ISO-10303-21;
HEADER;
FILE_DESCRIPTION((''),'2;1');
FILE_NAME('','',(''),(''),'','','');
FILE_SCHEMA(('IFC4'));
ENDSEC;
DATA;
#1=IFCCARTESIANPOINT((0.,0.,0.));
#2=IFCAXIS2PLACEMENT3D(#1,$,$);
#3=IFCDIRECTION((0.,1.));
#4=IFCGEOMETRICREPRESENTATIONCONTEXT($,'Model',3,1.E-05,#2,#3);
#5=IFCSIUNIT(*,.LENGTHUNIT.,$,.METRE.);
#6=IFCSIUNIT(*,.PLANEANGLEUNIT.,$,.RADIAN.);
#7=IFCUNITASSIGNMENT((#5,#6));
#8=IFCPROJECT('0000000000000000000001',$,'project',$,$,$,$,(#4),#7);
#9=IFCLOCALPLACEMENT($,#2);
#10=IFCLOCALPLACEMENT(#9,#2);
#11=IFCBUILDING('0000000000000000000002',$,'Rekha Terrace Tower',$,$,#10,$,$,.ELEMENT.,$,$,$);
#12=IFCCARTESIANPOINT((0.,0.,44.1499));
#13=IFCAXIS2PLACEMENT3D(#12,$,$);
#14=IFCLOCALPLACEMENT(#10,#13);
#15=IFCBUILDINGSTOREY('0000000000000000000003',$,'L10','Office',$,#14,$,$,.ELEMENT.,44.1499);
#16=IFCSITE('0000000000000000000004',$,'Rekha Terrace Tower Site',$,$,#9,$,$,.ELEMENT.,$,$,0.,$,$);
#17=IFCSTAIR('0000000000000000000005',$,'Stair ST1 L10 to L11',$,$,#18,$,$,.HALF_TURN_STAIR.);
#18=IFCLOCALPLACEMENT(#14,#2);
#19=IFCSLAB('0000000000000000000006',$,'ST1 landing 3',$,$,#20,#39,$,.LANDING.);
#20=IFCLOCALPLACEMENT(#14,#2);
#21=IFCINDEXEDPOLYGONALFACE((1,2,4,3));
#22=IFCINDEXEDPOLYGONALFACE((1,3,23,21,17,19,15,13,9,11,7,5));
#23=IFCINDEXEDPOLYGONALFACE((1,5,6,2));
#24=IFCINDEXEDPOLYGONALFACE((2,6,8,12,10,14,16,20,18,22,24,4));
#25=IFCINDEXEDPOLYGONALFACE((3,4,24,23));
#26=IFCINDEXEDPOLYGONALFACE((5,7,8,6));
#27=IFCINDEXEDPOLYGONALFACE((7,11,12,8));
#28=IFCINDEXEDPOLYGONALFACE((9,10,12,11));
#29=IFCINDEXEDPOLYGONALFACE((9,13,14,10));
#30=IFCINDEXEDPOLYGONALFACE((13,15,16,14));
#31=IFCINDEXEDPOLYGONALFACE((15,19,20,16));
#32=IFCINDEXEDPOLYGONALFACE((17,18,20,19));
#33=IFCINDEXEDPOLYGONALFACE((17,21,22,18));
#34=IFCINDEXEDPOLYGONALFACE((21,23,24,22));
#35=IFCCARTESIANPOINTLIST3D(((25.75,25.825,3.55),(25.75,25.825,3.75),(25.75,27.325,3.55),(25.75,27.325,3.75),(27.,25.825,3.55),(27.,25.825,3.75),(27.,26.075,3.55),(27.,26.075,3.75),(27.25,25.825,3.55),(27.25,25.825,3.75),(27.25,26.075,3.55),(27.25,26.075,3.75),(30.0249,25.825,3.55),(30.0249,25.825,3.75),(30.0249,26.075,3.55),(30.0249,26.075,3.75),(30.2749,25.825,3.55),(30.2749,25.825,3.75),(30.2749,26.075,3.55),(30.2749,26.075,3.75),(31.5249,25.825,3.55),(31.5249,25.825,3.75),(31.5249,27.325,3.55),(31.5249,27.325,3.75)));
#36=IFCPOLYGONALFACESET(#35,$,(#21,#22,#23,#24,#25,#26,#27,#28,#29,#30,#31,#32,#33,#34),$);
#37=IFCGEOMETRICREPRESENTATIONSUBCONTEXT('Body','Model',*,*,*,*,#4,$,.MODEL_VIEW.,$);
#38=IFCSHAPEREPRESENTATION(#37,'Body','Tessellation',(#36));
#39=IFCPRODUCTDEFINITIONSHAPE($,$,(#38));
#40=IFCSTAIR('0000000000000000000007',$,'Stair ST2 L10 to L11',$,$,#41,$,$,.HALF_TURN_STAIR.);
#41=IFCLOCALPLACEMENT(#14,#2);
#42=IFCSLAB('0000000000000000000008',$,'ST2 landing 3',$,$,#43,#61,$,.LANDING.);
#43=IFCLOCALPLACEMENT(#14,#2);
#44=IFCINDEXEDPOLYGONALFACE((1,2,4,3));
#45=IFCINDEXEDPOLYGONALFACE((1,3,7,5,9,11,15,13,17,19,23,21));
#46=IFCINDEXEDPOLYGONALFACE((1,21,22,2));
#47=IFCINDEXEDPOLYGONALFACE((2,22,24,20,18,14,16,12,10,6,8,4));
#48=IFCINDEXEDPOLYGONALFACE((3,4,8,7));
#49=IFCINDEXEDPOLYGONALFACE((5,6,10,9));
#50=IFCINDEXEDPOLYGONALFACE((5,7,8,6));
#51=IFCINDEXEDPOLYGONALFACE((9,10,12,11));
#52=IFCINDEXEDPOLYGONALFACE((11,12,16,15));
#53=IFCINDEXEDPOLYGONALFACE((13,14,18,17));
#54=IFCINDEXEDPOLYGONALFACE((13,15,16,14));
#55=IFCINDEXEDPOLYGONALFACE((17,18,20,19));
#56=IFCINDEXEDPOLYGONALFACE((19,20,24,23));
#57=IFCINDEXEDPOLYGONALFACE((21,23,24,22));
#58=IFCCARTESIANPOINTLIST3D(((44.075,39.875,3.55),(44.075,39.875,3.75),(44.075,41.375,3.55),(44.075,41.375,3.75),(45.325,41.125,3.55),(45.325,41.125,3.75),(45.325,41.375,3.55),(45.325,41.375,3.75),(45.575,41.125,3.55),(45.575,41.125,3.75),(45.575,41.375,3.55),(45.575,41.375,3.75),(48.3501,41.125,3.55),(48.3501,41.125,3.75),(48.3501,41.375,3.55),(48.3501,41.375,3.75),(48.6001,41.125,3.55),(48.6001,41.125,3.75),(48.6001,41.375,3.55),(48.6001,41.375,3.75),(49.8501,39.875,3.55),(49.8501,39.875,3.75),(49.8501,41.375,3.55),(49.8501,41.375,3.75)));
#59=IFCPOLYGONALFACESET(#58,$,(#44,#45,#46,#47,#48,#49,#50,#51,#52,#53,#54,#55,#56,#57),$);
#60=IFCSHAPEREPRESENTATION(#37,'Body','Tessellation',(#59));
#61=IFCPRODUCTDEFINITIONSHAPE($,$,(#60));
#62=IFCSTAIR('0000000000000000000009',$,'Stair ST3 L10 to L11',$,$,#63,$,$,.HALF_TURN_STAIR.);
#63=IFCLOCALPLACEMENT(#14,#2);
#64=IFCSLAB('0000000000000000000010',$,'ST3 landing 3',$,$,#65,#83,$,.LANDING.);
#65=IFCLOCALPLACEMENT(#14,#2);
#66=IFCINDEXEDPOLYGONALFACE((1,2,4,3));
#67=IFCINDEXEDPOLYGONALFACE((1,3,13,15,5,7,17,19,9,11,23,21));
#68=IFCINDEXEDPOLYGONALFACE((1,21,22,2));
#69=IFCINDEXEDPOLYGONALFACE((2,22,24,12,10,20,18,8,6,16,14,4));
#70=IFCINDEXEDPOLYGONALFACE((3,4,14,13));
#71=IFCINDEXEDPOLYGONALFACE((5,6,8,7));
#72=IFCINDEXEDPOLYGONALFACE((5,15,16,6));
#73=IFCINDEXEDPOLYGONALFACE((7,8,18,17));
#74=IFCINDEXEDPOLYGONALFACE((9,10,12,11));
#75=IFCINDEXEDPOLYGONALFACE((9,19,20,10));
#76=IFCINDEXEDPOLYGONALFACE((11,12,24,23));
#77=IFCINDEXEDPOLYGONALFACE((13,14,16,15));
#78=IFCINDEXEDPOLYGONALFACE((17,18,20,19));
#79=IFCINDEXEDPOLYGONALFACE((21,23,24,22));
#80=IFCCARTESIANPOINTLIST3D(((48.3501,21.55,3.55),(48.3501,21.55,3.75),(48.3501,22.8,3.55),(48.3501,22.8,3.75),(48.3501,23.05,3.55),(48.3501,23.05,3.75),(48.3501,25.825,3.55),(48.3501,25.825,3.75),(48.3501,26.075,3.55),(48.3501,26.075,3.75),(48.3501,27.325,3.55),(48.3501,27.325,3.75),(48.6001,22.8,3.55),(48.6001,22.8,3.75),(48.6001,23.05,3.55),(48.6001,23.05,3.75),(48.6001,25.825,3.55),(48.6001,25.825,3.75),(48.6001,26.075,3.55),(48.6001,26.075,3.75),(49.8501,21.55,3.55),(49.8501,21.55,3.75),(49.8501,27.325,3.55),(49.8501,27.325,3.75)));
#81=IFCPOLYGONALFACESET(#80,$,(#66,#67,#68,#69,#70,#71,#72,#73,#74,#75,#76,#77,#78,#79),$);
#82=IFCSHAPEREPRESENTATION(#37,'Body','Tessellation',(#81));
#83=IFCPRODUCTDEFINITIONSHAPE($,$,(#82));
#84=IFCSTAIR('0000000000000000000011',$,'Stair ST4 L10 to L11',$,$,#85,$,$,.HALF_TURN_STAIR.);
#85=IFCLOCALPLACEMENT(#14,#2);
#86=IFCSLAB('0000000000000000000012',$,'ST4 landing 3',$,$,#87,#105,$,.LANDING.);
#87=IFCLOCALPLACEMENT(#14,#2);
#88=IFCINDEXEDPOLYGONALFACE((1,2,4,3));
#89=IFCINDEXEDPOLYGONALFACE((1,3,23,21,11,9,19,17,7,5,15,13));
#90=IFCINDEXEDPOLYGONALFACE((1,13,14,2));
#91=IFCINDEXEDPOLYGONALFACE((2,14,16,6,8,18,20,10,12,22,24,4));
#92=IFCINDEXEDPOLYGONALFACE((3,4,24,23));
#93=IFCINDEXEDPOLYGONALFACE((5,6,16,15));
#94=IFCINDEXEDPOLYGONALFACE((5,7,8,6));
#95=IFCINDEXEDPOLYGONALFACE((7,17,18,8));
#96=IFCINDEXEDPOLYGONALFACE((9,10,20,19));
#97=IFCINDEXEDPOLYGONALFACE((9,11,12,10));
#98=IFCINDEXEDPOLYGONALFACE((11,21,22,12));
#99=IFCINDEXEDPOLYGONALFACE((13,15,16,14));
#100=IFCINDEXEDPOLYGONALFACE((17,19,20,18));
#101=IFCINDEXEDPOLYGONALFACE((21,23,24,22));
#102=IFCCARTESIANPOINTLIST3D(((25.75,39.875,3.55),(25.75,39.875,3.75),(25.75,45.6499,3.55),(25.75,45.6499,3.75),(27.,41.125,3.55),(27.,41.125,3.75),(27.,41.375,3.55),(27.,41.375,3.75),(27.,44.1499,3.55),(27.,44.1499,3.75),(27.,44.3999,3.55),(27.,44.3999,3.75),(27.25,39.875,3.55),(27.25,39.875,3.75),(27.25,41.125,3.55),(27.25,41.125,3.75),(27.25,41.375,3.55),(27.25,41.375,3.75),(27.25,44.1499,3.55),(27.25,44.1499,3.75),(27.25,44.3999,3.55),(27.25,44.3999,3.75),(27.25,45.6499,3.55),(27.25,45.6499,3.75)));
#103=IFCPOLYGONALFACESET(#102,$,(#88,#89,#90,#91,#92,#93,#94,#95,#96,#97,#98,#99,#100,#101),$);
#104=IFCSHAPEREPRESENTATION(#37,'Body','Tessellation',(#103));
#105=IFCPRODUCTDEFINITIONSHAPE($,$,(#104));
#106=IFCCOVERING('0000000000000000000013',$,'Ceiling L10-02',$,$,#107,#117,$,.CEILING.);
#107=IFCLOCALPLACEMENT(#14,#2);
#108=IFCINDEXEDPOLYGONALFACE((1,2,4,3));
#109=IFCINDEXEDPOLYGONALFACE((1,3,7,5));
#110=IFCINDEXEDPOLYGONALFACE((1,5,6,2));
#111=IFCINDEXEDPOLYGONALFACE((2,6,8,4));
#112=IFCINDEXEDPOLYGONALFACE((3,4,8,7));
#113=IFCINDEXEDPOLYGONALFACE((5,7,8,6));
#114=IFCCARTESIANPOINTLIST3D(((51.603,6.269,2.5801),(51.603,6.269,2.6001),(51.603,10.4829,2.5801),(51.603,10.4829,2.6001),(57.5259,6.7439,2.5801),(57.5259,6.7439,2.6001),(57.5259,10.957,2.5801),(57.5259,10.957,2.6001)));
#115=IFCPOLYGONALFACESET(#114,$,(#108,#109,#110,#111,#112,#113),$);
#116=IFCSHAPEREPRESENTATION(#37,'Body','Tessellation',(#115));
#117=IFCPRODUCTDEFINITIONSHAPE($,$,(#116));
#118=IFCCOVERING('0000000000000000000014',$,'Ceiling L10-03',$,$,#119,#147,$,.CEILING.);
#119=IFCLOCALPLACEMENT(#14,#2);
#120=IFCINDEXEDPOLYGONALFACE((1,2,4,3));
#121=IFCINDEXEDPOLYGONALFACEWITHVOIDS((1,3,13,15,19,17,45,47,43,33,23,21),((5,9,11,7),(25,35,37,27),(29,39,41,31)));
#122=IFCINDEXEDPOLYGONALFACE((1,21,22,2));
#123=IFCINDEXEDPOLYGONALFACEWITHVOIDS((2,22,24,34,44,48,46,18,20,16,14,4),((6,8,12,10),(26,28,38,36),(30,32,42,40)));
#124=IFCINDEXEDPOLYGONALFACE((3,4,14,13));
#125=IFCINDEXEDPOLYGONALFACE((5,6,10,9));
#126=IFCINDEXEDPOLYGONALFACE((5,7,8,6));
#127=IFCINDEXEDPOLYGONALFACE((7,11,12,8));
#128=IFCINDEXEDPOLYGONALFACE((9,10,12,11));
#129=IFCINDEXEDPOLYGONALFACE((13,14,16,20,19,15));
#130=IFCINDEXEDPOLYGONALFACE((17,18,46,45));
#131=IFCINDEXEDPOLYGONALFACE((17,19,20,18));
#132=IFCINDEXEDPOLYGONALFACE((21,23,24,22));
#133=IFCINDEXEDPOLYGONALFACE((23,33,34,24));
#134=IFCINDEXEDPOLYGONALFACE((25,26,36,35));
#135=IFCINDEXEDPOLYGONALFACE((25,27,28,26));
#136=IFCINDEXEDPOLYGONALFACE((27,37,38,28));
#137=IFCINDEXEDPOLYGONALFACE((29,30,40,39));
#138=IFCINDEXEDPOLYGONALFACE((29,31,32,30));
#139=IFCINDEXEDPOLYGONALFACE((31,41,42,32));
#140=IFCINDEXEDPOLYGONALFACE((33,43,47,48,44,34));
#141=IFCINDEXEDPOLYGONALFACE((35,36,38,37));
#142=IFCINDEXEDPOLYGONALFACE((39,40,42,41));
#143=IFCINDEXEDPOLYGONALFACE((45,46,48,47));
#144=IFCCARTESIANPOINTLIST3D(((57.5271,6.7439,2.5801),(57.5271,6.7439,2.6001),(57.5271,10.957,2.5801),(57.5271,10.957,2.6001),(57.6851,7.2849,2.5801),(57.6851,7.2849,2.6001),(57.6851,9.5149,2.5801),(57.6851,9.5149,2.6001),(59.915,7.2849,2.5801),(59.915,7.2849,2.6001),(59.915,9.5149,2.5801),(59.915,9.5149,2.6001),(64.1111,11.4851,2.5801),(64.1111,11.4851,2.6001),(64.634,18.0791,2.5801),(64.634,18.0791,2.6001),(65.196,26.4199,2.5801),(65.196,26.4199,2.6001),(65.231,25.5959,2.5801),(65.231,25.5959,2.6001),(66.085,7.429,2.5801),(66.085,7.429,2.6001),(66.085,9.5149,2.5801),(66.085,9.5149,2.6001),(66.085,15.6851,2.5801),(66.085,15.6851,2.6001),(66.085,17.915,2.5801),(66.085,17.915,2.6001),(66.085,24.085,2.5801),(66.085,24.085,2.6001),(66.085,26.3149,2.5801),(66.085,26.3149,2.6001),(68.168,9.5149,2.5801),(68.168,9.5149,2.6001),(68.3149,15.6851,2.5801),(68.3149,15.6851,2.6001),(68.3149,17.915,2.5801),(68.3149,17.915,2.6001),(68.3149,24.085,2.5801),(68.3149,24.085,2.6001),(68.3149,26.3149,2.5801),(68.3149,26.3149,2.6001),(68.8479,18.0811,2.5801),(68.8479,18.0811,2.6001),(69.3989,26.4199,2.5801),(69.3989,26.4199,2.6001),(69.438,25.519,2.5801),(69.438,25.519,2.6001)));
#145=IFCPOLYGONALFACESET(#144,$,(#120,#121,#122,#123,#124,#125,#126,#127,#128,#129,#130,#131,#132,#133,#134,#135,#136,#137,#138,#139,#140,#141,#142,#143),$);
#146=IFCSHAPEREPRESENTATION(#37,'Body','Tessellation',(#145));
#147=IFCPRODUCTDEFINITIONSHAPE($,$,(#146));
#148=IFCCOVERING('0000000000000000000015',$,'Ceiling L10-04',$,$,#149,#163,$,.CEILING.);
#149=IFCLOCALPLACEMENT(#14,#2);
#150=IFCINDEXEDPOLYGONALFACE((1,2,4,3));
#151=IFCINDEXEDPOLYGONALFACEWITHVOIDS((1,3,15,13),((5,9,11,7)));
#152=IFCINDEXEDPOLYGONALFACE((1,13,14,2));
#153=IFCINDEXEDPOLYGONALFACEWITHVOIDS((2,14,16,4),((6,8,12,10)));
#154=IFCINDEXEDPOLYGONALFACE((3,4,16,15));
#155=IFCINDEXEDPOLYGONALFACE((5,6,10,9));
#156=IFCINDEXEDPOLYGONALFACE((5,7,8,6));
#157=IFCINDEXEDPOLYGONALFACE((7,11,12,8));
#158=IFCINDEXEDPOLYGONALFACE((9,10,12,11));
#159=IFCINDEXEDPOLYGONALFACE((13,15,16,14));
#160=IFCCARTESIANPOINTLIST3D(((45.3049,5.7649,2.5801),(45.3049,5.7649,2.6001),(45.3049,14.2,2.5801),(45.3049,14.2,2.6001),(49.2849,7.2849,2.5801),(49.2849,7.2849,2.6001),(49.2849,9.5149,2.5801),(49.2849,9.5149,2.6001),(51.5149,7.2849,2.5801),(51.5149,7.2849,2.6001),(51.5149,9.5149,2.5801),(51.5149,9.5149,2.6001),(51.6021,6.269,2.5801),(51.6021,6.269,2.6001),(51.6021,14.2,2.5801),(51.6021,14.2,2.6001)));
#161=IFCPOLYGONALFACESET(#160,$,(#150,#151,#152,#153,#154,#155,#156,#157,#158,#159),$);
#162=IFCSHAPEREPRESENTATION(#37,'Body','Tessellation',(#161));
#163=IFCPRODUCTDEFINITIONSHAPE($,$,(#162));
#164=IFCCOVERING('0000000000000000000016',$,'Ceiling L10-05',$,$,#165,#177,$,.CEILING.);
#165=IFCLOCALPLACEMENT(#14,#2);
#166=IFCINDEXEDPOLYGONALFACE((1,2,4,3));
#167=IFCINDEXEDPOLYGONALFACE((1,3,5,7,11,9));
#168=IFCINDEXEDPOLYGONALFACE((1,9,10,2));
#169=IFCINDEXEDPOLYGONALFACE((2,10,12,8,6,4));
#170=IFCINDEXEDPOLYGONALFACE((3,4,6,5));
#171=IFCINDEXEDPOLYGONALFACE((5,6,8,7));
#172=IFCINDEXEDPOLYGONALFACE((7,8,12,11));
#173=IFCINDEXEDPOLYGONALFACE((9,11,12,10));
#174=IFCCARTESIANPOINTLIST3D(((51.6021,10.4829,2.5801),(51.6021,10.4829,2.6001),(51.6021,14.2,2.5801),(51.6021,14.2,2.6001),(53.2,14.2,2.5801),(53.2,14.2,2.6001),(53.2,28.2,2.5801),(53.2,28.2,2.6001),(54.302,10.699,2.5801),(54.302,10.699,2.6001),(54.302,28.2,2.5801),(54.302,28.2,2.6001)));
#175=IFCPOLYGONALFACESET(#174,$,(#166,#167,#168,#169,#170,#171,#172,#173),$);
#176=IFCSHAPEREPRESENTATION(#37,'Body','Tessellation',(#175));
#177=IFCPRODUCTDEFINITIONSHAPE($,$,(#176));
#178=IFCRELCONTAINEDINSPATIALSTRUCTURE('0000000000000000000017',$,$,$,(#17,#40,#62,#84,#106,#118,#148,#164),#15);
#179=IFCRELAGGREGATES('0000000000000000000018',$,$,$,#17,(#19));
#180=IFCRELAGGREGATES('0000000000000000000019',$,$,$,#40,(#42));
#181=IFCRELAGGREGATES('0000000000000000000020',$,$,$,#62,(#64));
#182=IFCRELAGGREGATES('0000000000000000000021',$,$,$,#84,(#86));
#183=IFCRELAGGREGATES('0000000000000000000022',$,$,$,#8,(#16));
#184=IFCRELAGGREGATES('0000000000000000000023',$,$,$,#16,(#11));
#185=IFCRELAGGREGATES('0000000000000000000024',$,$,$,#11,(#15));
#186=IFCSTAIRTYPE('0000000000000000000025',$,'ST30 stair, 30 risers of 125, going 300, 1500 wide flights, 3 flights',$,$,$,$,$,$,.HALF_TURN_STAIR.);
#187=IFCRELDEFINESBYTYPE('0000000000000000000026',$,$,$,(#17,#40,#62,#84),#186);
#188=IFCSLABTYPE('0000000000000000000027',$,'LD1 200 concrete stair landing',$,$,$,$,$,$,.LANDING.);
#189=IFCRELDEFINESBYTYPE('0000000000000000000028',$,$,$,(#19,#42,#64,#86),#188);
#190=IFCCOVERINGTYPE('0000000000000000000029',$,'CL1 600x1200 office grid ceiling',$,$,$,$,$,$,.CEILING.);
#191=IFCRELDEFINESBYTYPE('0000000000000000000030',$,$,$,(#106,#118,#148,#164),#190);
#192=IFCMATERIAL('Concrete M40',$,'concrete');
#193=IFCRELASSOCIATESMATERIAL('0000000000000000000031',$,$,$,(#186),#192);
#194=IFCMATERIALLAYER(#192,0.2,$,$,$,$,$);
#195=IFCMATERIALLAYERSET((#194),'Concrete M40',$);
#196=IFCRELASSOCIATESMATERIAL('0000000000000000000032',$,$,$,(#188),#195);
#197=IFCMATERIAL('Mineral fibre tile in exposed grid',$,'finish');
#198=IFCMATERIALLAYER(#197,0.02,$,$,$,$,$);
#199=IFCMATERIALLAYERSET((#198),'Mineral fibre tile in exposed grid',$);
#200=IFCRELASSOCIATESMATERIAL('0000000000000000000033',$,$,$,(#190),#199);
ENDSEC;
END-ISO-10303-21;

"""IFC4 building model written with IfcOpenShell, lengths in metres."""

from ifc_helpers import new_model, si_unit, direction, frame, origin, place, context, subcontext, project, spatial, polyline, outline, extrude, material, layer, layer_set, type_object, element, aggregate, save


model = new_model("IFC4")

# Units and contexts
model_context = context("Model", 3, precision=1e-05, world=origin(), true_north=direction((0.0, 1.0)))
body_context = subcontext(model_context, "Body", "Model", "MODEL_VIEW")
ifc_project = project(units=[si_unit("LENGTHUNIT", "METRE"), si_unit("PLANEANGLEUNIT", "RADIAN")], contexts=[model_context])

# Site, building, storey
site_placement = place(None, origin())
site = spatial("IfcSite", under=ifc_project, at=site_placement, Name="Rekha Terrace Tower Site", CompositionType="ELEMENT", RefElevation=0.0)
building_placement = place(site_placement, origin())
building = spatial("IfcBuilding", under=site, at=building_placement, Name="Rekha Terrace Tower", CompositionType="ELEMENT")
storey_placement = place(building_placement, frame((0.0, 0.0, 44.1499)))
storey = spatial("IfcBuildingStorey", under=building, at=storey_placement, Name="L10", Description="Office", CompositionType="ELEMENT", Elevation=44.1499)

# Stairs, slabs
ifc_material_1 = material(Name="Concrete M40", Category="concrete")
stair_type = type_object("IfcStairType", Name="ST30 stair, 30 risers of 125, going 300, 1500 wide flights, 3 flights", PredefinedType="HALF_TURN_STAIR", material=ifc_material_1)
stair_1_placement = place(storey_placement, origin())
stair_1 = element("IfcStair", 1, at=stair_1_placement, inside=storey, type_object=stair_type, Name="Stair ST1 L10 to L11", PredefinedType="HALF_TURN_STAIR")
ifc_layer_1 = layer(ifc_material_1, 0.2)
ifc_layer_set_1 = layer_set([ifc_layer_1], Name="Concrete M40")
slab_type = type_object("IfcSlabType", Name="LD1 200 concrete stair landing", PredefinedType="LANDING", material=ifc_layer_set_1)
slab_1_placement = place(storey_placement, frame((0.0, 0.0, 3.55)))
slab_1 = element("IfcSlab", 2, at=slab_1_placement, type_object=slab_type, Name="ST1 landing 3", PredefinedType="LANDING", context=body_context, shape_type="SweptSolid", body=[
    extrude(outline(polyline([(31.5249, 25.825), (31.5249, 27.325), (25.75, 27.325), (25.75, 25.825), (27.0, 25.825), (27.0, 26.075), (27.25, 26.075), (27.25, 25.825), (30.0249, 25.825), (30.0249, 26.075), (30.2749, 26.075), (30.2749, 25.825), (31.5249, 25.825)])), origin(), (0.0, 0.0, 1.0), 0.2),
])
aggregate(stair_1, [slab_1])
stair_2_placement = place(storey_placement, origin())
stair_2 = element("IfcStair", 3, at=stair_2_placement, inside=storey, type_object=stair_type, Name="Stair ST2 L10 to L11", PredefinedType="HALF_TURN_STAIR")
slab_2_placement = place(storey_placement, frame((0.0, 0.0, 3.55)))
slab_2 = element("IfcSlab", 4, at=slab_2_placement, type_object=slab_type, Name="ST2 landing 3", PredefinedType="LANDING", context=body_context, shape_type="SweptSolid", body=[
    extrude(outline(polyline([(44.075, 41.375), (44.075, 39.875), (49.8501, 39.875), (49.8501, 41.375), (48.6001, 41.375), (48.6001, 41.125), (48.3501, 41.125), (48.3501, 41.375), (45.575, 41.375), (45.575, 41.125), (45.325, 41.125), (45.325, 41.375), (44.075, 41.375)])), origin(), (0.0, 0.0, 1.0), 0.2),
])
aggregate(stair_2, [slab_2])
stair_3_placement = place(storey_placement, origin())
stair_3 = element("IfcStair", 5, at=stair_3_placement, inside=storey, type_object=stair_type, Name="Stair ST3 L10 to L11", PredefinedType="HALF_TURN_STAIR")
slab_3_placement = place(storey_placement, frame((0.0, 0.0, 3.55)))
slab_3 = element("IfcSlab", 6, at=slab_3_placement, type_object=slab_type, Name="ST3 landing 3", PredefinedType="LANDING", context=body_context, shape_type="SweptSolid", body=[
    extrude(outline(polyline([(48.3501, 21.55), (49.8501, 21.55), (49.8501, 27.325), (48.3501, 27.325), (48.3501, 26.075), (48.6001, 26.075), (48.6001, 25.825), (48.3501, 25.825), (48.3501, 23.05), (48.6001, 23.05), (48.6001, 22.8), (48.3501, 22.8), (48.3501, 21.55)])), origin(), (0.0, 0.0, 1.0), 0.2),
])
aggregate(stair_3, [slab_3])
stair_4_placement = place(storey_placement, origin())
stair_4 = element("IfcStair", 7, at=stair_4_placement, inside=storey, type_object=stair_type, Name="Stair ST4 L10 to L11", PredefinedType="HALF_TURN_STAIR")
slab_4_placement = place(storey_placement, frame((0.0, 0.0, 3.55)))
slab_4 = element("IfcSlab", 8, at=slab_4_placement, type_object=slab_type, Name="ST4 landing 3", PredefinedType="LANDING", context=body_context, shape_type="SweptSolid", body=[
    extrude(outline(polyline([(27.25, 39.875), (25.75, 39.875), (25.75, 45.6499), (27.25, 45.6499), (27.25, 44.3999), (27.0, 44.3999), (27.0, 44.1499), (27.25, 44.1499), (27.25, 41.375), (27.0, 41.375), (27.0, 41.125), (27.25, 41.125), (27.25, 39.875)])), origin(), (0.0, 0.0, 1.0), 0.2),
])
aggregate(stair_4, [slab_4])

# Coverings
ifc_material_2 = material(Name="Mineral fibre tile in exposed grid", Category="finish")
ifc_layer_2 = layer(ifc_material_2, 0.02)
ifc_layer_set_2 = layer_set([ifc_layer_2], Name="Mineral fibre tile in exposed grid")
covering_type_1 = type_object("IfcCoveringType", Name="CL1 600x1200 office grid ceiling", PredefinedType="CEILING", material=ifc_layer_set_2)
covering_1_placement = place(storey_placement, frame((0.0, 0.0, 2.5801)))
element("IfcCovering", 9, at=covering_1_placement, inside=storey, type_object=covering_type_1, Name="Ceiling L10-02", PredefinedType="CEILING", context=body_context, shape_type="SweptSolid", body=[
    extrude(outline(polyline([(57.5259, 6.7439), (57.5259, 10.957), (51.603, 10.4829), (51.603, 6.269), (57.5259, 6.7439)])), origin(), (0.0, 0.0, 1.0), 0.02),
])
covering_2_placement = place(storey_placement, frame((0.0, 0.0, 2.5801)))
element("IfcCovering", 10, at=covering_2_placement, inside=storey, type_object=covering_type_1, Name="Ceiling L10-03", PredefinedType="CEILING", context=body_context, shape_type="SweptSolid", body=[
    extrude(outline(polyline([(69.3989, 26.4199), (65.196, 26.4199), (65.231, 25.5959), (64.634, 18.0791), (64.1111, 11.4851), (57.5271, 10.957), (57.5271, 6.7439), (66.085, 7.429), (66.085, 9.5149), (68.168, 9.5149), (68.8479, 18.0811), (69.438, 25.519), (69.3989, 26.4199)]), holes=[polyline([(68.3149, 15.6851), (66.085, 15.6851), (66.085, 17.915), (68.3149, 17.915), (68.3149, 15.6851)]), polyline([(68.3149, 24.085), (66.085, 24.085), (66.085, 26.3149), (68.3149, 26.3149), (68.3149, 24.085)]), polyline([(59.915, 7.2849), (57.6851, 7.2849), (57.6851, 9.5149), (59.915, 9.5149), (59.915, 7.2849)])]), origin(), (0.0, 0.0, 1.0), 0.02),
])
covering_3_placement = place(storey_placement, frame((0.0, 0.0, 2.5801)))
element("IfcCovering", 11, at=covering_3_placement, inside=storey, type_object=covering_type_1, Name="Ceiling L10-04", PredefinedType="CEILING", context=body_context, shape_type="SweptSolid", body=[
    extrude(outline(polyline([(51.6021, 6.269), (51.6021, 14.2), (45.3049, 14.2), (45.3049, 5.7649), (51.6021, 6.269)]), holes=[polyline([(51.5149, 7.2849), (49.2849, 7.2849), (49.2849, 9.5149), (51.5149, 9.5149), (51.5149, 7.2849)])]), origin(), (0.0, 0.0, 1.0), 0.02),
])
covering_4_placement = place(storey_placement, frame((0.0, 0.0, 2.5801)))
element("IfcCovering", 12, at=covering_4_placement, inside=storey, type_object=covering_type_1, Name="Ceiling L10-05", PredefinedType="CEILING", context=body_context, shape_type="SweptSolid", body=[
    extrude(outline(polyline([(53.2, 28.2), (53.2, 14.2), (51.6021, 14.2), (51.6021, 10.4829), (54.302, 10.699), (54.302, 28.2), (53.2, 28.2)])), origin(), (0.0, 0.0, 1.0), 0.02),
])

save(model, "model.ifc")
